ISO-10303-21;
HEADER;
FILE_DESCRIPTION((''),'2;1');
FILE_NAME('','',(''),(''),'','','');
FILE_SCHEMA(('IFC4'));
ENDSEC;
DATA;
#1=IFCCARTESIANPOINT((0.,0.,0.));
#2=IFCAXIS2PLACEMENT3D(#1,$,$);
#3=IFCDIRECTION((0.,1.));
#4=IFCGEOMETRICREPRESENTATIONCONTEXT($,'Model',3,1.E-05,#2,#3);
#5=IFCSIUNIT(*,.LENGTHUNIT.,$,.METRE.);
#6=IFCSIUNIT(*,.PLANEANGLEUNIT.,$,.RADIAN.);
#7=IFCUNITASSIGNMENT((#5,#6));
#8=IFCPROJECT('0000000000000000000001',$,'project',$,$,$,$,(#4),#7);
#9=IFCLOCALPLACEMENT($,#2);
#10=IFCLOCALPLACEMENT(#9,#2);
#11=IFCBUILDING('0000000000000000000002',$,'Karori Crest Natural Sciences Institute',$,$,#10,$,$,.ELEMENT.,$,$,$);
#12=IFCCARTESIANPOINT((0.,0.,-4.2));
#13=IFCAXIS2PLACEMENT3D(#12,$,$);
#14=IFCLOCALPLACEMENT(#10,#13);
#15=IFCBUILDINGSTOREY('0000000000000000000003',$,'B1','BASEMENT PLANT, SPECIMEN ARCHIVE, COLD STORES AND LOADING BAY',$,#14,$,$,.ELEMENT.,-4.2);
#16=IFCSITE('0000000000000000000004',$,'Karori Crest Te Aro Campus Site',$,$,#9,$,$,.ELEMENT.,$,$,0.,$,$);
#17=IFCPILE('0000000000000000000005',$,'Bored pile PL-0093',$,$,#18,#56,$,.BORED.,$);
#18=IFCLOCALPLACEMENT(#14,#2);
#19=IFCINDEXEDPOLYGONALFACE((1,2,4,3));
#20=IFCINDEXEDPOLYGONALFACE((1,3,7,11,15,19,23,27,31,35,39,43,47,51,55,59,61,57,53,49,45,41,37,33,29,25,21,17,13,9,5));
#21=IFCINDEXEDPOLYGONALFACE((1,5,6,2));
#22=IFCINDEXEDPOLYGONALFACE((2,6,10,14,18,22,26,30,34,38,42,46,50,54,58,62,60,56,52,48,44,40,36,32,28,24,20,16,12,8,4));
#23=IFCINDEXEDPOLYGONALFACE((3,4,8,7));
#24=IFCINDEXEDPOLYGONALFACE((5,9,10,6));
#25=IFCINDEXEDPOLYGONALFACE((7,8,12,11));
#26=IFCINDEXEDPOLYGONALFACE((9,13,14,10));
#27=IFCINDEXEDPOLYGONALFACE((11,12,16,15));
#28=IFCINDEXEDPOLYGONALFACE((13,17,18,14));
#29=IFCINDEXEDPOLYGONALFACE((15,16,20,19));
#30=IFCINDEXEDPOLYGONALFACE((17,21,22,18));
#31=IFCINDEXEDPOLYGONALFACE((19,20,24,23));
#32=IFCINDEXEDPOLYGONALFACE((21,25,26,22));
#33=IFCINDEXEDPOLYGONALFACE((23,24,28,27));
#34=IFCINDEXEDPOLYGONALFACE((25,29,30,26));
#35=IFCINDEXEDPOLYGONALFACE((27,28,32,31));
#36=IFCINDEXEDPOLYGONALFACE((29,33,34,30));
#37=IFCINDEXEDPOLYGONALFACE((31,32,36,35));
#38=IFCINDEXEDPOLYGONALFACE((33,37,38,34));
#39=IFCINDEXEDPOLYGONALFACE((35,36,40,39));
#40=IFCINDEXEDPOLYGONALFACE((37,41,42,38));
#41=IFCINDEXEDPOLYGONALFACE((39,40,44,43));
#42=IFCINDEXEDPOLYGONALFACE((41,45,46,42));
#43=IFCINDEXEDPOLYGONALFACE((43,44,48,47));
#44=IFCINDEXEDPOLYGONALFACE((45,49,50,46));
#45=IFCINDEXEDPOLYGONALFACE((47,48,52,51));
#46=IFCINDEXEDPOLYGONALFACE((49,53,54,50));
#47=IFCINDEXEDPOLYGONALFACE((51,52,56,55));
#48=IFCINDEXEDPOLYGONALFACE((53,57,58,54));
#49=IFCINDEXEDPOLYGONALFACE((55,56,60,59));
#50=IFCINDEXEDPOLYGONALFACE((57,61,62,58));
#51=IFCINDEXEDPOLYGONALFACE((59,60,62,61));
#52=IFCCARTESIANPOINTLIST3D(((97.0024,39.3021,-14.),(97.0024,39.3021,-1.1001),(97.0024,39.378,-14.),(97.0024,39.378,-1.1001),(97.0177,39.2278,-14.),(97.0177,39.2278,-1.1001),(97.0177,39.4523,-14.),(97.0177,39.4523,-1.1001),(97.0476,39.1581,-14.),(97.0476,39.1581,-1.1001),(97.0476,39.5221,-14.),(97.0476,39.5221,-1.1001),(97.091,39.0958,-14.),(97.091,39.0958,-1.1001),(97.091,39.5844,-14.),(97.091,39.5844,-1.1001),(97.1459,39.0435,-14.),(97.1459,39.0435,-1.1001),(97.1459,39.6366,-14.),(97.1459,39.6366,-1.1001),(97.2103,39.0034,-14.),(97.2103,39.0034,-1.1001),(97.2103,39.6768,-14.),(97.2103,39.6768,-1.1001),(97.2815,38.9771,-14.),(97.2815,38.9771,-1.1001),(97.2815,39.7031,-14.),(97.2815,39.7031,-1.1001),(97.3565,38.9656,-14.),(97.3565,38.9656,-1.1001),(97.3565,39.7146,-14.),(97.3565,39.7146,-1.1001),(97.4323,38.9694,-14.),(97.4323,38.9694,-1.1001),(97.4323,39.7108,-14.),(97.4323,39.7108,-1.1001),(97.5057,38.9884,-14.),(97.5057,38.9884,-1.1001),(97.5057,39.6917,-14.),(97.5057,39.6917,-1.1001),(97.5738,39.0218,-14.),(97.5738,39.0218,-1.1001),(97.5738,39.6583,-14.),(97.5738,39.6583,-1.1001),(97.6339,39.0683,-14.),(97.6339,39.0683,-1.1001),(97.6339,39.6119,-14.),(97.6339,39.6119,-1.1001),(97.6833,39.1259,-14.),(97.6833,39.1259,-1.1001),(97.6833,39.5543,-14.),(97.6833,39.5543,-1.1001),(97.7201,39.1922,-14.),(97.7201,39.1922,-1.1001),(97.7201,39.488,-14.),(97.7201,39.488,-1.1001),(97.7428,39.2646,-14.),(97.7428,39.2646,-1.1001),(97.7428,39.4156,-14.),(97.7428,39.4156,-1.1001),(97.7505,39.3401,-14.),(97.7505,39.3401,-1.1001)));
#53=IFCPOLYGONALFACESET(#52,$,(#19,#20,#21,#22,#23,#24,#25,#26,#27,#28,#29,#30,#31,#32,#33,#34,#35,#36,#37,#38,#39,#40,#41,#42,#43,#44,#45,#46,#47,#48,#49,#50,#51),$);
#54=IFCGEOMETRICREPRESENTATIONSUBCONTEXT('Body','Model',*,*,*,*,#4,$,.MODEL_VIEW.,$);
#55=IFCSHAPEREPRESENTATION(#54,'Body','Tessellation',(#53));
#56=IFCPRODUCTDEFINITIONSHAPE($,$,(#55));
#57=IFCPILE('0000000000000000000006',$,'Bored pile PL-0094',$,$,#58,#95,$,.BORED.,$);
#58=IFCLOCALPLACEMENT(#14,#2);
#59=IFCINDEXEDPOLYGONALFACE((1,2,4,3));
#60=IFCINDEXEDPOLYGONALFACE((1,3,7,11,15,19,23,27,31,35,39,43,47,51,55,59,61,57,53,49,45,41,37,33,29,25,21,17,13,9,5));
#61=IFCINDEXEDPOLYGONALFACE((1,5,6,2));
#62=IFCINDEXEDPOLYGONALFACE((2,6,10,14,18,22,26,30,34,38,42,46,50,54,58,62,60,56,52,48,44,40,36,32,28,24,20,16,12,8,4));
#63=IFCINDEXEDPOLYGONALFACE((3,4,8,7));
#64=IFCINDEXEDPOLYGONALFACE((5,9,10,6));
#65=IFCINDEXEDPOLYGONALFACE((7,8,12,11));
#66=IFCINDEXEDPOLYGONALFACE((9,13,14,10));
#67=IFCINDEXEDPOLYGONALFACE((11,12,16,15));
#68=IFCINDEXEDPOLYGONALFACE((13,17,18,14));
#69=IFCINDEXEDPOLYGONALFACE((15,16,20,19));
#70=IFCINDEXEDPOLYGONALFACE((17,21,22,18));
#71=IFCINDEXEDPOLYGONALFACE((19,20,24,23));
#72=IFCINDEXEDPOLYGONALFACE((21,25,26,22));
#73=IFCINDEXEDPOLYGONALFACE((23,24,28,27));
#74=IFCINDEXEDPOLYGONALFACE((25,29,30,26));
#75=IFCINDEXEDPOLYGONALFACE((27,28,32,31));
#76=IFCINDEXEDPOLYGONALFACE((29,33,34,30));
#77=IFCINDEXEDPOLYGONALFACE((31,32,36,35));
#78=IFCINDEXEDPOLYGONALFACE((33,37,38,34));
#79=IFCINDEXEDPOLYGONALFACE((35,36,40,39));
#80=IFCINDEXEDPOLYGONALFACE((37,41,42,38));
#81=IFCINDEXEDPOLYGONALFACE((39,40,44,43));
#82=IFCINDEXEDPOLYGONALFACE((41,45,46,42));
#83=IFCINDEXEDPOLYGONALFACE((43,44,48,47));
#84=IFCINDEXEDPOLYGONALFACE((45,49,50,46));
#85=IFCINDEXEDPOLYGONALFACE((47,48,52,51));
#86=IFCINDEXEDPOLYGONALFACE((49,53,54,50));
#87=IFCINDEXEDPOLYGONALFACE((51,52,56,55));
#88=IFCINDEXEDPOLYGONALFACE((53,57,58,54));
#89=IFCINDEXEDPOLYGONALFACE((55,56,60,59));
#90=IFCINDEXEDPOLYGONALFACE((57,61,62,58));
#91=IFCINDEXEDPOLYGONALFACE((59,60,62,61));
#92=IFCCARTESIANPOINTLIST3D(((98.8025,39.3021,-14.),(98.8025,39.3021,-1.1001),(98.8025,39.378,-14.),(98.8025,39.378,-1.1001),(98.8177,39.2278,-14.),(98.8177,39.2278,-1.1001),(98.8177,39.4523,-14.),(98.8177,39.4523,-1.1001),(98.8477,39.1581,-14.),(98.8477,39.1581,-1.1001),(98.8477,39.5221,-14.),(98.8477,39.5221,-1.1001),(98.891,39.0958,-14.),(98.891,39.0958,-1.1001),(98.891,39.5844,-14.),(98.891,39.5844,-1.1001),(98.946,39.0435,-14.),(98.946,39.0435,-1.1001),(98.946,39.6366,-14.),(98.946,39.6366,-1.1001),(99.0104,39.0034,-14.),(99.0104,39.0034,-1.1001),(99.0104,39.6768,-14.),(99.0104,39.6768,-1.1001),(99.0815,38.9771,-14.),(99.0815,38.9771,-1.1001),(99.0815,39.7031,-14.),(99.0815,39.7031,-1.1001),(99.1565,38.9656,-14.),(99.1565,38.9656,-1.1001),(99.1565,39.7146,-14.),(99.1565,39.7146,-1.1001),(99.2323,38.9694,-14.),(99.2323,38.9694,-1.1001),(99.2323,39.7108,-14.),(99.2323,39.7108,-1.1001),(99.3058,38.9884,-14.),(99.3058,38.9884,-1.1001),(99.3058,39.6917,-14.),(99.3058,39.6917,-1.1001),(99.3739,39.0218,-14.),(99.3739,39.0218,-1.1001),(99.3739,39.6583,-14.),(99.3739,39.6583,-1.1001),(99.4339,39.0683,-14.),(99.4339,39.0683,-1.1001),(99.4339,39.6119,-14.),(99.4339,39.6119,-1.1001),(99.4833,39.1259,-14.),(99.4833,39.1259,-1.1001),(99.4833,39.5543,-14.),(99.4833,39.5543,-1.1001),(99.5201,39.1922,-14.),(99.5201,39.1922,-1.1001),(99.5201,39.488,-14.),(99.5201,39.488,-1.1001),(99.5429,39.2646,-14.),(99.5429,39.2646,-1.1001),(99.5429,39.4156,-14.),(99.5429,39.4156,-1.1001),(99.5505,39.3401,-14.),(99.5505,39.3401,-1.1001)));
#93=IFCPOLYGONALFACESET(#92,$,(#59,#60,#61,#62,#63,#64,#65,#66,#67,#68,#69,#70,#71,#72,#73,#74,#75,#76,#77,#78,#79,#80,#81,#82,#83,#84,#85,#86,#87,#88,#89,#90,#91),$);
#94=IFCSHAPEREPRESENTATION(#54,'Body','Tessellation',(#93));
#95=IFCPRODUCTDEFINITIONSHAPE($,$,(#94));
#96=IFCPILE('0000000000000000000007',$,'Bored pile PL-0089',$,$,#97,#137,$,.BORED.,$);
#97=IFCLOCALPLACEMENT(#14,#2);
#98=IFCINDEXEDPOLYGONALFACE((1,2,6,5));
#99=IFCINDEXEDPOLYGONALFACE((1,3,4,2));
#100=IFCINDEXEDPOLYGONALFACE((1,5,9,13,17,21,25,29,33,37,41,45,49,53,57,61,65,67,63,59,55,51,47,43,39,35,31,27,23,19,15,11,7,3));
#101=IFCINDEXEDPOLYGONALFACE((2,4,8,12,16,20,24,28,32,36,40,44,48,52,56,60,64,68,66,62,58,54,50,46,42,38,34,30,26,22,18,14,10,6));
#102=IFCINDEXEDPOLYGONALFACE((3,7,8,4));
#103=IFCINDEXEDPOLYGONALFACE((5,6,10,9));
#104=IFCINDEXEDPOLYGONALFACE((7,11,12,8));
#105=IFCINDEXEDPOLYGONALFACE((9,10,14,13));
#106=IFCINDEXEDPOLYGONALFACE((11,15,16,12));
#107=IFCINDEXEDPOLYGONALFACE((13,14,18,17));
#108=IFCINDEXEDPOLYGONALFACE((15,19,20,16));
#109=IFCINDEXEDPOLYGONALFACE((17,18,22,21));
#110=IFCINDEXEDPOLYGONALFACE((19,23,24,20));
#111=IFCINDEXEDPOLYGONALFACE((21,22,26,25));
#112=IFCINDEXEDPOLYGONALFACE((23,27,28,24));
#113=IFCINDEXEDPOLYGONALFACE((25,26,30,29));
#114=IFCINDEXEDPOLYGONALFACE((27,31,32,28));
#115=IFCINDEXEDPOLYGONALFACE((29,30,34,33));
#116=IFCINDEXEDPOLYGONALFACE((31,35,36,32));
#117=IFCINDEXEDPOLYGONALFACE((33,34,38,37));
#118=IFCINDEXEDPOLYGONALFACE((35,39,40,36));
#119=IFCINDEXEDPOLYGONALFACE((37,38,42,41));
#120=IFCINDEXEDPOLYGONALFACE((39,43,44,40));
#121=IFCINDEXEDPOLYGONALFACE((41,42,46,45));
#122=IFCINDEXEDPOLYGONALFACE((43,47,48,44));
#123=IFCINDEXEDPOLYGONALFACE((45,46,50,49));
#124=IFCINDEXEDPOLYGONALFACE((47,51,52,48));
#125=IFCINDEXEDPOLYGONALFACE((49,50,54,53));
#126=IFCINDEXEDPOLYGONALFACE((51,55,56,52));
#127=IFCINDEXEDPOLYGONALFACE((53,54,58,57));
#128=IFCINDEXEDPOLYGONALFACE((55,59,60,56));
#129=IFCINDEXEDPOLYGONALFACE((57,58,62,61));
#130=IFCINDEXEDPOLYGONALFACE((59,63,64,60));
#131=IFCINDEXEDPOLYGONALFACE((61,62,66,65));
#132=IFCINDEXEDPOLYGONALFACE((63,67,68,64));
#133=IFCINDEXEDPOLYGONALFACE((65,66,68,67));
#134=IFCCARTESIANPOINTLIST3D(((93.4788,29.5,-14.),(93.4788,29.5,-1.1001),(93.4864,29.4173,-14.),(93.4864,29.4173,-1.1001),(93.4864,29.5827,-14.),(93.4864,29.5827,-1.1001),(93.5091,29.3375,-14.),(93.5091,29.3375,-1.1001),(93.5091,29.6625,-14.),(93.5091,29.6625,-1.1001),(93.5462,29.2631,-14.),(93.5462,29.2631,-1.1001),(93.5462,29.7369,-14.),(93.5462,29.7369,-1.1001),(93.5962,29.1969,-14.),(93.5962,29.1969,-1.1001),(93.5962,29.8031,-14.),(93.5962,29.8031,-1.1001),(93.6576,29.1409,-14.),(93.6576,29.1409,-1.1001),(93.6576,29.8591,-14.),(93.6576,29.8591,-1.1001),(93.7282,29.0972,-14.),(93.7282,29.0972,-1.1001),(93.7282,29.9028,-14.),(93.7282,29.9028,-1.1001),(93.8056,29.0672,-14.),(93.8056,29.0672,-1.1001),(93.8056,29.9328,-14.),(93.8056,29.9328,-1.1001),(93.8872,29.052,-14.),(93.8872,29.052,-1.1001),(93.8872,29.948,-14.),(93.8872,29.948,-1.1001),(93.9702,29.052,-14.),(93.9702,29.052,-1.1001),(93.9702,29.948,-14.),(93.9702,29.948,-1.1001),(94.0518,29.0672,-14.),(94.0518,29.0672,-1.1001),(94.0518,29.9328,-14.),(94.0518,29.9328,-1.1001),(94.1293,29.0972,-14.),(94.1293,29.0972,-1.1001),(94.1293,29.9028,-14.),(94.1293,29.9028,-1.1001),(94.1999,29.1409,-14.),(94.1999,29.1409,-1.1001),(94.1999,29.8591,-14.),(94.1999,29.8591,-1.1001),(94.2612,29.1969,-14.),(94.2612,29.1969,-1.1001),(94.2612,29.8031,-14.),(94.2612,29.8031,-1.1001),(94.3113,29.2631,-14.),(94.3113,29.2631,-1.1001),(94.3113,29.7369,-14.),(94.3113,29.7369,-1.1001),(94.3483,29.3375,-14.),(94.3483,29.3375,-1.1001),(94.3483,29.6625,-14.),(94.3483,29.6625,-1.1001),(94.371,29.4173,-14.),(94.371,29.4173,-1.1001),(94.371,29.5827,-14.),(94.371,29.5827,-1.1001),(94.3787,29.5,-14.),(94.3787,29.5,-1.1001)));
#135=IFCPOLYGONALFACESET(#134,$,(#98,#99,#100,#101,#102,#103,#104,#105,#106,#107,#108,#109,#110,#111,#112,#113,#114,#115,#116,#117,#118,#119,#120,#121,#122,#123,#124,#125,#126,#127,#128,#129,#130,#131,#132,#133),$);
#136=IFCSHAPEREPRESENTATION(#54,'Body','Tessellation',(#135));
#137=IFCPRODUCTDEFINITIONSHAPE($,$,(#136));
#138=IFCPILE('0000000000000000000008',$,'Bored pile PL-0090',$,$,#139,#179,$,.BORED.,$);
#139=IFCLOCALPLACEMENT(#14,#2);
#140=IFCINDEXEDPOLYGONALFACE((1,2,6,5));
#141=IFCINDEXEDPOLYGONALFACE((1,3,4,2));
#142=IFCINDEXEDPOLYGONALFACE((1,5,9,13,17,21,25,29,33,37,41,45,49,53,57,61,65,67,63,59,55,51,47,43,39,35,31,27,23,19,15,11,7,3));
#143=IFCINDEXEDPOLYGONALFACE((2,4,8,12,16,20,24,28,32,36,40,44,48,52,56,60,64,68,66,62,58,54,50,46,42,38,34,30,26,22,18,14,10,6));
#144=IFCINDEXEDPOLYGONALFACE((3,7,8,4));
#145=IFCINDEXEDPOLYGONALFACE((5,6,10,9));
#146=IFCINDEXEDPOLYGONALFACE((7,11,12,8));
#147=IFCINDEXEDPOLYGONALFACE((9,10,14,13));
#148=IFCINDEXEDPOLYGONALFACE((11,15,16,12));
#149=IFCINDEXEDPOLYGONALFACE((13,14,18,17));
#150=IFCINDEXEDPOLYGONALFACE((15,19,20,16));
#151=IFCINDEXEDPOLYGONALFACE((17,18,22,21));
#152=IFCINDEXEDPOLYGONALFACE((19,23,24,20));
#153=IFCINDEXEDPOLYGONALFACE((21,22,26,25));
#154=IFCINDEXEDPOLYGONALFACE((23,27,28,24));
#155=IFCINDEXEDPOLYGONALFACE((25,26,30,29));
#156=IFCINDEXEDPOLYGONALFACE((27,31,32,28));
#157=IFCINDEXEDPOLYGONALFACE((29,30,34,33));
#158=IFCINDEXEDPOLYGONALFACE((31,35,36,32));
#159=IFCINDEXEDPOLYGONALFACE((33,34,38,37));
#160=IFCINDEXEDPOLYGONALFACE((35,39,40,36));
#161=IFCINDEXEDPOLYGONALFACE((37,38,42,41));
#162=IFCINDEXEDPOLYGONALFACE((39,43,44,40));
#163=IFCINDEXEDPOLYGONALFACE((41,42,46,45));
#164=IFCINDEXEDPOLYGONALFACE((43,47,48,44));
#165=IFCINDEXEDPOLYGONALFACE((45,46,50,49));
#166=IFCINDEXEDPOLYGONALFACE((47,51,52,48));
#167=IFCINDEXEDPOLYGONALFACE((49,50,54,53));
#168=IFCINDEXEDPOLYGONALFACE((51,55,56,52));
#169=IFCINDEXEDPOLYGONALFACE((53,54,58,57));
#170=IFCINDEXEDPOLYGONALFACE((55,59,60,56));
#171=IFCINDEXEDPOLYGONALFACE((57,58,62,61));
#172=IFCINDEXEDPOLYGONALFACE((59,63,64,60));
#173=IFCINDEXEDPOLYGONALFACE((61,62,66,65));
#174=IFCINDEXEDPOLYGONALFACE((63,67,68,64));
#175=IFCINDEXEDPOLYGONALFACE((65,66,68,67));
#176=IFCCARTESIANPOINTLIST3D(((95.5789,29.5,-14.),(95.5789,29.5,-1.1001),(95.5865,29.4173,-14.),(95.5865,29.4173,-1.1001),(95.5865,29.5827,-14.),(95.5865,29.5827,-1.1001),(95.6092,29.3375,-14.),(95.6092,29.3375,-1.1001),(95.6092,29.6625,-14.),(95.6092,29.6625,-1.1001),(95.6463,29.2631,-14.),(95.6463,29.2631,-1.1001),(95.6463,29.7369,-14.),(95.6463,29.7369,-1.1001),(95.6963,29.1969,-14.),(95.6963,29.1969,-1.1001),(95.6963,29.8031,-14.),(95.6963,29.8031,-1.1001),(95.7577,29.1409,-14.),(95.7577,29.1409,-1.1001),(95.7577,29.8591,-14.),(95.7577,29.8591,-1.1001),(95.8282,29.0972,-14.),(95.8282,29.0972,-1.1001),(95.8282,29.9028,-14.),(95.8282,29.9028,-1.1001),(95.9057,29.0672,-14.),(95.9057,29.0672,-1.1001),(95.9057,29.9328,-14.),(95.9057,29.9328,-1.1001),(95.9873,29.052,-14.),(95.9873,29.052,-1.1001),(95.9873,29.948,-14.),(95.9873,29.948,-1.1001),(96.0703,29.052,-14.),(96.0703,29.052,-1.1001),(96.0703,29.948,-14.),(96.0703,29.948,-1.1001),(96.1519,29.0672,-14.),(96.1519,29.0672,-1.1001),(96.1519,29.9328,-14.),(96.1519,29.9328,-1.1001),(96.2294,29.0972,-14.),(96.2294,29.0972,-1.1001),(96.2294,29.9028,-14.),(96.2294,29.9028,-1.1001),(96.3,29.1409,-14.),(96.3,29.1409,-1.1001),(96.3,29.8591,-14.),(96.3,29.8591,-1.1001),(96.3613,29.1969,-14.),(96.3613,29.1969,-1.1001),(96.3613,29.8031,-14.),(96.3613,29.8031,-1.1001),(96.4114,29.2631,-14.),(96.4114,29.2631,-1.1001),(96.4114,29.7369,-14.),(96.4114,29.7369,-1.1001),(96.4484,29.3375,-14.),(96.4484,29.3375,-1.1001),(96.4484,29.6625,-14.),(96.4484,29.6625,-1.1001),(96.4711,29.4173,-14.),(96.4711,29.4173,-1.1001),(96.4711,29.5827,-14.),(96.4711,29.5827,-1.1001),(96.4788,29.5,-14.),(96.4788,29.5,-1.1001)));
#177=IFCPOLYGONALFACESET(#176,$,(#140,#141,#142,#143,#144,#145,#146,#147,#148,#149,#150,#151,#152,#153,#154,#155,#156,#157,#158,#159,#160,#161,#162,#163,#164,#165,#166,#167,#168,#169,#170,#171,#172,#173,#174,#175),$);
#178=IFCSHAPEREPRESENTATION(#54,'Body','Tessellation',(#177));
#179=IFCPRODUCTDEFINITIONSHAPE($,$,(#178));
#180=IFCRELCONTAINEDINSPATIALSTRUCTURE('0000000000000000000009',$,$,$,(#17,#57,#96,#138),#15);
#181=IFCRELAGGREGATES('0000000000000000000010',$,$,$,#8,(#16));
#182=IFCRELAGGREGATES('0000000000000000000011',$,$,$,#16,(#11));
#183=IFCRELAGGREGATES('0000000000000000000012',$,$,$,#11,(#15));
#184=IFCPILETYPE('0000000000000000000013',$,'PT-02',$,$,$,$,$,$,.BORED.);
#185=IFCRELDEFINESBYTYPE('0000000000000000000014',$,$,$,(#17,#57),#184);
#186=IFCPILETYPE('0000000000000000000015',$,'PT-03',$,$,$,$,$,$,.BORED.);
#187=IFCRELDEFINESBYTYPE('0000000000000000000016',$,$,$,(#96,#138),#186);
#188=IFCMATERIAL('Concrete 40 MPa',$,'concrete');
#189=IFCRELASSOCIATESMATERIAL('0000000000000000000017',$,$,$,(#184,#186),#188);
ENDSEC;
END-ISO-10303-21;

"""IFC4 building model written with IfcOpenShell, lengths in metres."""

from ifc_helpers import new_model, si_unit, direction, frame, origin, origin_2d, place, context, subcontext, project, spatial, circle, extrude, material, material_profile, profile_set, type_object, element, save


model = new_model("IFC4")

# Units and contexts
model_context = context("Model", 3, precision=1e-05, world=origin(), true_north=direction((0.0, 1.0)))
body_context = subcontext(model_context, "Body", "Model", "MODEL_VIEW")
ifc_project = project(units=[si_unit("LENGTHUNIT", "METRE"), si_unit("PLANEANGLEUNIT", "RADIAN")], contexts=[model_context])

# Site, building, storey
site_placement = place(None, origin())
site = spatial("IfcSite", under=ifc_project, at=site_placement, Name="Karori Crest Te Aro Campus Site", CompositionType="ELEMENT", RefElevation=0.0)
building_placement = place(site_placement, origin())
building = spatial("IfcBuilding", under=site, at=building_placement, Name="Karori Crest Natural Sciences Institute", CompositionType="ELEMENT")
storey_placement = place(building_placement, frame((0.0, 0.0, -4.2)))
storey = spatial("IfcBuildingStorey", under=building, at=storey_placement, Name="B1", Description="BASEMENT PLANT, SPECIMEN ARCHIVE, COLD STORES AND LOADING BAY", CompositionType="ELEMENT", Elevation=-4.2)

# Shared definitions
ifc_material_1 = material(Name="Concrete 40 MPa", Category="concrete")

# Piles
ifc_material_profile_1 = material_profile(ifc_material_1, circle(Radius=0.375, at=origin_2d()), Name="PILE750")
ifc_profile_set_1 = profile_set([ifc_material_profile_1], Name="Concrete 40 MPa")
pile_type_1 = type_object("IfcPileType", Name="PT-02", PredefinedType="BORED", material=ifc_profile_set_1)
for number, where, z_axis, x_axis, name in (
    (1, (97.3755, 39.3401, -1.1001), (0.0, 0.0, -1.0), (1.0, 0.0, 0.0), "Bored pile PL-0093"),
    (2, (99.1755, 39.3401, -1.1001), (0.0, 0.0, -1.0), (1.0, 0.0, 0.0), "Bored pile PL-0094"),
):
    element("IfcPile", number, at=place(storey_placement, frame(where, z_axis=z_axis, x_axis=x_axis)), inside=storey, type_object=pile_type_1, Name=name, PredefinedType="BORED", context=body_context, shape_type="SweptSolid", body=[
        extrude(circle(Radius=0.375, at=origin_2d()), origin(), (0.0, 0.0, 1.0), 12.8999),
    ])
ifc_material_profile_2 = material_profile(ifc_material_1, circle(Radius=0.45, at=origin_2d()), Name="PILE900")
ifc_profile_set_2 = profile_set([ifc_material_profile_2], Name="Concrete 40 MPa")
pile_type_2 = type_object("IfcPileType", Name="PT-03", PredefinedType="BORED", material=ifc_profile_set_2)
for number, where, z_axis, x_axis, name in (
    (3, (93.9287, 29.5, -1.1001), (0.0, 0.0, -1.0), (1.0, 0.0, 0.0), "Bored pile PL-0089"),
    (4, (96.0288, 29.5, -1.1001), (0.0, 0.0, -1.0), (1.0, 0.0, 0.0), "Bored pile PL-0090"),
):
    element("IfcPile", number, at=place(storey_placement, frame(where, z_axis=z_axis, x_axis=x_axis)), inside=storey, type_object=pile_type_2, Name=name, PredefinedType="BORED", context=body_context, shape_type="SweptSolid", body=[
        extrude(circle(Radius=0.45, at=origin_2d()), origin(), (0.0, 0.0, 1.0), 12.8999),
    ])

save(model, "model.ifc")
